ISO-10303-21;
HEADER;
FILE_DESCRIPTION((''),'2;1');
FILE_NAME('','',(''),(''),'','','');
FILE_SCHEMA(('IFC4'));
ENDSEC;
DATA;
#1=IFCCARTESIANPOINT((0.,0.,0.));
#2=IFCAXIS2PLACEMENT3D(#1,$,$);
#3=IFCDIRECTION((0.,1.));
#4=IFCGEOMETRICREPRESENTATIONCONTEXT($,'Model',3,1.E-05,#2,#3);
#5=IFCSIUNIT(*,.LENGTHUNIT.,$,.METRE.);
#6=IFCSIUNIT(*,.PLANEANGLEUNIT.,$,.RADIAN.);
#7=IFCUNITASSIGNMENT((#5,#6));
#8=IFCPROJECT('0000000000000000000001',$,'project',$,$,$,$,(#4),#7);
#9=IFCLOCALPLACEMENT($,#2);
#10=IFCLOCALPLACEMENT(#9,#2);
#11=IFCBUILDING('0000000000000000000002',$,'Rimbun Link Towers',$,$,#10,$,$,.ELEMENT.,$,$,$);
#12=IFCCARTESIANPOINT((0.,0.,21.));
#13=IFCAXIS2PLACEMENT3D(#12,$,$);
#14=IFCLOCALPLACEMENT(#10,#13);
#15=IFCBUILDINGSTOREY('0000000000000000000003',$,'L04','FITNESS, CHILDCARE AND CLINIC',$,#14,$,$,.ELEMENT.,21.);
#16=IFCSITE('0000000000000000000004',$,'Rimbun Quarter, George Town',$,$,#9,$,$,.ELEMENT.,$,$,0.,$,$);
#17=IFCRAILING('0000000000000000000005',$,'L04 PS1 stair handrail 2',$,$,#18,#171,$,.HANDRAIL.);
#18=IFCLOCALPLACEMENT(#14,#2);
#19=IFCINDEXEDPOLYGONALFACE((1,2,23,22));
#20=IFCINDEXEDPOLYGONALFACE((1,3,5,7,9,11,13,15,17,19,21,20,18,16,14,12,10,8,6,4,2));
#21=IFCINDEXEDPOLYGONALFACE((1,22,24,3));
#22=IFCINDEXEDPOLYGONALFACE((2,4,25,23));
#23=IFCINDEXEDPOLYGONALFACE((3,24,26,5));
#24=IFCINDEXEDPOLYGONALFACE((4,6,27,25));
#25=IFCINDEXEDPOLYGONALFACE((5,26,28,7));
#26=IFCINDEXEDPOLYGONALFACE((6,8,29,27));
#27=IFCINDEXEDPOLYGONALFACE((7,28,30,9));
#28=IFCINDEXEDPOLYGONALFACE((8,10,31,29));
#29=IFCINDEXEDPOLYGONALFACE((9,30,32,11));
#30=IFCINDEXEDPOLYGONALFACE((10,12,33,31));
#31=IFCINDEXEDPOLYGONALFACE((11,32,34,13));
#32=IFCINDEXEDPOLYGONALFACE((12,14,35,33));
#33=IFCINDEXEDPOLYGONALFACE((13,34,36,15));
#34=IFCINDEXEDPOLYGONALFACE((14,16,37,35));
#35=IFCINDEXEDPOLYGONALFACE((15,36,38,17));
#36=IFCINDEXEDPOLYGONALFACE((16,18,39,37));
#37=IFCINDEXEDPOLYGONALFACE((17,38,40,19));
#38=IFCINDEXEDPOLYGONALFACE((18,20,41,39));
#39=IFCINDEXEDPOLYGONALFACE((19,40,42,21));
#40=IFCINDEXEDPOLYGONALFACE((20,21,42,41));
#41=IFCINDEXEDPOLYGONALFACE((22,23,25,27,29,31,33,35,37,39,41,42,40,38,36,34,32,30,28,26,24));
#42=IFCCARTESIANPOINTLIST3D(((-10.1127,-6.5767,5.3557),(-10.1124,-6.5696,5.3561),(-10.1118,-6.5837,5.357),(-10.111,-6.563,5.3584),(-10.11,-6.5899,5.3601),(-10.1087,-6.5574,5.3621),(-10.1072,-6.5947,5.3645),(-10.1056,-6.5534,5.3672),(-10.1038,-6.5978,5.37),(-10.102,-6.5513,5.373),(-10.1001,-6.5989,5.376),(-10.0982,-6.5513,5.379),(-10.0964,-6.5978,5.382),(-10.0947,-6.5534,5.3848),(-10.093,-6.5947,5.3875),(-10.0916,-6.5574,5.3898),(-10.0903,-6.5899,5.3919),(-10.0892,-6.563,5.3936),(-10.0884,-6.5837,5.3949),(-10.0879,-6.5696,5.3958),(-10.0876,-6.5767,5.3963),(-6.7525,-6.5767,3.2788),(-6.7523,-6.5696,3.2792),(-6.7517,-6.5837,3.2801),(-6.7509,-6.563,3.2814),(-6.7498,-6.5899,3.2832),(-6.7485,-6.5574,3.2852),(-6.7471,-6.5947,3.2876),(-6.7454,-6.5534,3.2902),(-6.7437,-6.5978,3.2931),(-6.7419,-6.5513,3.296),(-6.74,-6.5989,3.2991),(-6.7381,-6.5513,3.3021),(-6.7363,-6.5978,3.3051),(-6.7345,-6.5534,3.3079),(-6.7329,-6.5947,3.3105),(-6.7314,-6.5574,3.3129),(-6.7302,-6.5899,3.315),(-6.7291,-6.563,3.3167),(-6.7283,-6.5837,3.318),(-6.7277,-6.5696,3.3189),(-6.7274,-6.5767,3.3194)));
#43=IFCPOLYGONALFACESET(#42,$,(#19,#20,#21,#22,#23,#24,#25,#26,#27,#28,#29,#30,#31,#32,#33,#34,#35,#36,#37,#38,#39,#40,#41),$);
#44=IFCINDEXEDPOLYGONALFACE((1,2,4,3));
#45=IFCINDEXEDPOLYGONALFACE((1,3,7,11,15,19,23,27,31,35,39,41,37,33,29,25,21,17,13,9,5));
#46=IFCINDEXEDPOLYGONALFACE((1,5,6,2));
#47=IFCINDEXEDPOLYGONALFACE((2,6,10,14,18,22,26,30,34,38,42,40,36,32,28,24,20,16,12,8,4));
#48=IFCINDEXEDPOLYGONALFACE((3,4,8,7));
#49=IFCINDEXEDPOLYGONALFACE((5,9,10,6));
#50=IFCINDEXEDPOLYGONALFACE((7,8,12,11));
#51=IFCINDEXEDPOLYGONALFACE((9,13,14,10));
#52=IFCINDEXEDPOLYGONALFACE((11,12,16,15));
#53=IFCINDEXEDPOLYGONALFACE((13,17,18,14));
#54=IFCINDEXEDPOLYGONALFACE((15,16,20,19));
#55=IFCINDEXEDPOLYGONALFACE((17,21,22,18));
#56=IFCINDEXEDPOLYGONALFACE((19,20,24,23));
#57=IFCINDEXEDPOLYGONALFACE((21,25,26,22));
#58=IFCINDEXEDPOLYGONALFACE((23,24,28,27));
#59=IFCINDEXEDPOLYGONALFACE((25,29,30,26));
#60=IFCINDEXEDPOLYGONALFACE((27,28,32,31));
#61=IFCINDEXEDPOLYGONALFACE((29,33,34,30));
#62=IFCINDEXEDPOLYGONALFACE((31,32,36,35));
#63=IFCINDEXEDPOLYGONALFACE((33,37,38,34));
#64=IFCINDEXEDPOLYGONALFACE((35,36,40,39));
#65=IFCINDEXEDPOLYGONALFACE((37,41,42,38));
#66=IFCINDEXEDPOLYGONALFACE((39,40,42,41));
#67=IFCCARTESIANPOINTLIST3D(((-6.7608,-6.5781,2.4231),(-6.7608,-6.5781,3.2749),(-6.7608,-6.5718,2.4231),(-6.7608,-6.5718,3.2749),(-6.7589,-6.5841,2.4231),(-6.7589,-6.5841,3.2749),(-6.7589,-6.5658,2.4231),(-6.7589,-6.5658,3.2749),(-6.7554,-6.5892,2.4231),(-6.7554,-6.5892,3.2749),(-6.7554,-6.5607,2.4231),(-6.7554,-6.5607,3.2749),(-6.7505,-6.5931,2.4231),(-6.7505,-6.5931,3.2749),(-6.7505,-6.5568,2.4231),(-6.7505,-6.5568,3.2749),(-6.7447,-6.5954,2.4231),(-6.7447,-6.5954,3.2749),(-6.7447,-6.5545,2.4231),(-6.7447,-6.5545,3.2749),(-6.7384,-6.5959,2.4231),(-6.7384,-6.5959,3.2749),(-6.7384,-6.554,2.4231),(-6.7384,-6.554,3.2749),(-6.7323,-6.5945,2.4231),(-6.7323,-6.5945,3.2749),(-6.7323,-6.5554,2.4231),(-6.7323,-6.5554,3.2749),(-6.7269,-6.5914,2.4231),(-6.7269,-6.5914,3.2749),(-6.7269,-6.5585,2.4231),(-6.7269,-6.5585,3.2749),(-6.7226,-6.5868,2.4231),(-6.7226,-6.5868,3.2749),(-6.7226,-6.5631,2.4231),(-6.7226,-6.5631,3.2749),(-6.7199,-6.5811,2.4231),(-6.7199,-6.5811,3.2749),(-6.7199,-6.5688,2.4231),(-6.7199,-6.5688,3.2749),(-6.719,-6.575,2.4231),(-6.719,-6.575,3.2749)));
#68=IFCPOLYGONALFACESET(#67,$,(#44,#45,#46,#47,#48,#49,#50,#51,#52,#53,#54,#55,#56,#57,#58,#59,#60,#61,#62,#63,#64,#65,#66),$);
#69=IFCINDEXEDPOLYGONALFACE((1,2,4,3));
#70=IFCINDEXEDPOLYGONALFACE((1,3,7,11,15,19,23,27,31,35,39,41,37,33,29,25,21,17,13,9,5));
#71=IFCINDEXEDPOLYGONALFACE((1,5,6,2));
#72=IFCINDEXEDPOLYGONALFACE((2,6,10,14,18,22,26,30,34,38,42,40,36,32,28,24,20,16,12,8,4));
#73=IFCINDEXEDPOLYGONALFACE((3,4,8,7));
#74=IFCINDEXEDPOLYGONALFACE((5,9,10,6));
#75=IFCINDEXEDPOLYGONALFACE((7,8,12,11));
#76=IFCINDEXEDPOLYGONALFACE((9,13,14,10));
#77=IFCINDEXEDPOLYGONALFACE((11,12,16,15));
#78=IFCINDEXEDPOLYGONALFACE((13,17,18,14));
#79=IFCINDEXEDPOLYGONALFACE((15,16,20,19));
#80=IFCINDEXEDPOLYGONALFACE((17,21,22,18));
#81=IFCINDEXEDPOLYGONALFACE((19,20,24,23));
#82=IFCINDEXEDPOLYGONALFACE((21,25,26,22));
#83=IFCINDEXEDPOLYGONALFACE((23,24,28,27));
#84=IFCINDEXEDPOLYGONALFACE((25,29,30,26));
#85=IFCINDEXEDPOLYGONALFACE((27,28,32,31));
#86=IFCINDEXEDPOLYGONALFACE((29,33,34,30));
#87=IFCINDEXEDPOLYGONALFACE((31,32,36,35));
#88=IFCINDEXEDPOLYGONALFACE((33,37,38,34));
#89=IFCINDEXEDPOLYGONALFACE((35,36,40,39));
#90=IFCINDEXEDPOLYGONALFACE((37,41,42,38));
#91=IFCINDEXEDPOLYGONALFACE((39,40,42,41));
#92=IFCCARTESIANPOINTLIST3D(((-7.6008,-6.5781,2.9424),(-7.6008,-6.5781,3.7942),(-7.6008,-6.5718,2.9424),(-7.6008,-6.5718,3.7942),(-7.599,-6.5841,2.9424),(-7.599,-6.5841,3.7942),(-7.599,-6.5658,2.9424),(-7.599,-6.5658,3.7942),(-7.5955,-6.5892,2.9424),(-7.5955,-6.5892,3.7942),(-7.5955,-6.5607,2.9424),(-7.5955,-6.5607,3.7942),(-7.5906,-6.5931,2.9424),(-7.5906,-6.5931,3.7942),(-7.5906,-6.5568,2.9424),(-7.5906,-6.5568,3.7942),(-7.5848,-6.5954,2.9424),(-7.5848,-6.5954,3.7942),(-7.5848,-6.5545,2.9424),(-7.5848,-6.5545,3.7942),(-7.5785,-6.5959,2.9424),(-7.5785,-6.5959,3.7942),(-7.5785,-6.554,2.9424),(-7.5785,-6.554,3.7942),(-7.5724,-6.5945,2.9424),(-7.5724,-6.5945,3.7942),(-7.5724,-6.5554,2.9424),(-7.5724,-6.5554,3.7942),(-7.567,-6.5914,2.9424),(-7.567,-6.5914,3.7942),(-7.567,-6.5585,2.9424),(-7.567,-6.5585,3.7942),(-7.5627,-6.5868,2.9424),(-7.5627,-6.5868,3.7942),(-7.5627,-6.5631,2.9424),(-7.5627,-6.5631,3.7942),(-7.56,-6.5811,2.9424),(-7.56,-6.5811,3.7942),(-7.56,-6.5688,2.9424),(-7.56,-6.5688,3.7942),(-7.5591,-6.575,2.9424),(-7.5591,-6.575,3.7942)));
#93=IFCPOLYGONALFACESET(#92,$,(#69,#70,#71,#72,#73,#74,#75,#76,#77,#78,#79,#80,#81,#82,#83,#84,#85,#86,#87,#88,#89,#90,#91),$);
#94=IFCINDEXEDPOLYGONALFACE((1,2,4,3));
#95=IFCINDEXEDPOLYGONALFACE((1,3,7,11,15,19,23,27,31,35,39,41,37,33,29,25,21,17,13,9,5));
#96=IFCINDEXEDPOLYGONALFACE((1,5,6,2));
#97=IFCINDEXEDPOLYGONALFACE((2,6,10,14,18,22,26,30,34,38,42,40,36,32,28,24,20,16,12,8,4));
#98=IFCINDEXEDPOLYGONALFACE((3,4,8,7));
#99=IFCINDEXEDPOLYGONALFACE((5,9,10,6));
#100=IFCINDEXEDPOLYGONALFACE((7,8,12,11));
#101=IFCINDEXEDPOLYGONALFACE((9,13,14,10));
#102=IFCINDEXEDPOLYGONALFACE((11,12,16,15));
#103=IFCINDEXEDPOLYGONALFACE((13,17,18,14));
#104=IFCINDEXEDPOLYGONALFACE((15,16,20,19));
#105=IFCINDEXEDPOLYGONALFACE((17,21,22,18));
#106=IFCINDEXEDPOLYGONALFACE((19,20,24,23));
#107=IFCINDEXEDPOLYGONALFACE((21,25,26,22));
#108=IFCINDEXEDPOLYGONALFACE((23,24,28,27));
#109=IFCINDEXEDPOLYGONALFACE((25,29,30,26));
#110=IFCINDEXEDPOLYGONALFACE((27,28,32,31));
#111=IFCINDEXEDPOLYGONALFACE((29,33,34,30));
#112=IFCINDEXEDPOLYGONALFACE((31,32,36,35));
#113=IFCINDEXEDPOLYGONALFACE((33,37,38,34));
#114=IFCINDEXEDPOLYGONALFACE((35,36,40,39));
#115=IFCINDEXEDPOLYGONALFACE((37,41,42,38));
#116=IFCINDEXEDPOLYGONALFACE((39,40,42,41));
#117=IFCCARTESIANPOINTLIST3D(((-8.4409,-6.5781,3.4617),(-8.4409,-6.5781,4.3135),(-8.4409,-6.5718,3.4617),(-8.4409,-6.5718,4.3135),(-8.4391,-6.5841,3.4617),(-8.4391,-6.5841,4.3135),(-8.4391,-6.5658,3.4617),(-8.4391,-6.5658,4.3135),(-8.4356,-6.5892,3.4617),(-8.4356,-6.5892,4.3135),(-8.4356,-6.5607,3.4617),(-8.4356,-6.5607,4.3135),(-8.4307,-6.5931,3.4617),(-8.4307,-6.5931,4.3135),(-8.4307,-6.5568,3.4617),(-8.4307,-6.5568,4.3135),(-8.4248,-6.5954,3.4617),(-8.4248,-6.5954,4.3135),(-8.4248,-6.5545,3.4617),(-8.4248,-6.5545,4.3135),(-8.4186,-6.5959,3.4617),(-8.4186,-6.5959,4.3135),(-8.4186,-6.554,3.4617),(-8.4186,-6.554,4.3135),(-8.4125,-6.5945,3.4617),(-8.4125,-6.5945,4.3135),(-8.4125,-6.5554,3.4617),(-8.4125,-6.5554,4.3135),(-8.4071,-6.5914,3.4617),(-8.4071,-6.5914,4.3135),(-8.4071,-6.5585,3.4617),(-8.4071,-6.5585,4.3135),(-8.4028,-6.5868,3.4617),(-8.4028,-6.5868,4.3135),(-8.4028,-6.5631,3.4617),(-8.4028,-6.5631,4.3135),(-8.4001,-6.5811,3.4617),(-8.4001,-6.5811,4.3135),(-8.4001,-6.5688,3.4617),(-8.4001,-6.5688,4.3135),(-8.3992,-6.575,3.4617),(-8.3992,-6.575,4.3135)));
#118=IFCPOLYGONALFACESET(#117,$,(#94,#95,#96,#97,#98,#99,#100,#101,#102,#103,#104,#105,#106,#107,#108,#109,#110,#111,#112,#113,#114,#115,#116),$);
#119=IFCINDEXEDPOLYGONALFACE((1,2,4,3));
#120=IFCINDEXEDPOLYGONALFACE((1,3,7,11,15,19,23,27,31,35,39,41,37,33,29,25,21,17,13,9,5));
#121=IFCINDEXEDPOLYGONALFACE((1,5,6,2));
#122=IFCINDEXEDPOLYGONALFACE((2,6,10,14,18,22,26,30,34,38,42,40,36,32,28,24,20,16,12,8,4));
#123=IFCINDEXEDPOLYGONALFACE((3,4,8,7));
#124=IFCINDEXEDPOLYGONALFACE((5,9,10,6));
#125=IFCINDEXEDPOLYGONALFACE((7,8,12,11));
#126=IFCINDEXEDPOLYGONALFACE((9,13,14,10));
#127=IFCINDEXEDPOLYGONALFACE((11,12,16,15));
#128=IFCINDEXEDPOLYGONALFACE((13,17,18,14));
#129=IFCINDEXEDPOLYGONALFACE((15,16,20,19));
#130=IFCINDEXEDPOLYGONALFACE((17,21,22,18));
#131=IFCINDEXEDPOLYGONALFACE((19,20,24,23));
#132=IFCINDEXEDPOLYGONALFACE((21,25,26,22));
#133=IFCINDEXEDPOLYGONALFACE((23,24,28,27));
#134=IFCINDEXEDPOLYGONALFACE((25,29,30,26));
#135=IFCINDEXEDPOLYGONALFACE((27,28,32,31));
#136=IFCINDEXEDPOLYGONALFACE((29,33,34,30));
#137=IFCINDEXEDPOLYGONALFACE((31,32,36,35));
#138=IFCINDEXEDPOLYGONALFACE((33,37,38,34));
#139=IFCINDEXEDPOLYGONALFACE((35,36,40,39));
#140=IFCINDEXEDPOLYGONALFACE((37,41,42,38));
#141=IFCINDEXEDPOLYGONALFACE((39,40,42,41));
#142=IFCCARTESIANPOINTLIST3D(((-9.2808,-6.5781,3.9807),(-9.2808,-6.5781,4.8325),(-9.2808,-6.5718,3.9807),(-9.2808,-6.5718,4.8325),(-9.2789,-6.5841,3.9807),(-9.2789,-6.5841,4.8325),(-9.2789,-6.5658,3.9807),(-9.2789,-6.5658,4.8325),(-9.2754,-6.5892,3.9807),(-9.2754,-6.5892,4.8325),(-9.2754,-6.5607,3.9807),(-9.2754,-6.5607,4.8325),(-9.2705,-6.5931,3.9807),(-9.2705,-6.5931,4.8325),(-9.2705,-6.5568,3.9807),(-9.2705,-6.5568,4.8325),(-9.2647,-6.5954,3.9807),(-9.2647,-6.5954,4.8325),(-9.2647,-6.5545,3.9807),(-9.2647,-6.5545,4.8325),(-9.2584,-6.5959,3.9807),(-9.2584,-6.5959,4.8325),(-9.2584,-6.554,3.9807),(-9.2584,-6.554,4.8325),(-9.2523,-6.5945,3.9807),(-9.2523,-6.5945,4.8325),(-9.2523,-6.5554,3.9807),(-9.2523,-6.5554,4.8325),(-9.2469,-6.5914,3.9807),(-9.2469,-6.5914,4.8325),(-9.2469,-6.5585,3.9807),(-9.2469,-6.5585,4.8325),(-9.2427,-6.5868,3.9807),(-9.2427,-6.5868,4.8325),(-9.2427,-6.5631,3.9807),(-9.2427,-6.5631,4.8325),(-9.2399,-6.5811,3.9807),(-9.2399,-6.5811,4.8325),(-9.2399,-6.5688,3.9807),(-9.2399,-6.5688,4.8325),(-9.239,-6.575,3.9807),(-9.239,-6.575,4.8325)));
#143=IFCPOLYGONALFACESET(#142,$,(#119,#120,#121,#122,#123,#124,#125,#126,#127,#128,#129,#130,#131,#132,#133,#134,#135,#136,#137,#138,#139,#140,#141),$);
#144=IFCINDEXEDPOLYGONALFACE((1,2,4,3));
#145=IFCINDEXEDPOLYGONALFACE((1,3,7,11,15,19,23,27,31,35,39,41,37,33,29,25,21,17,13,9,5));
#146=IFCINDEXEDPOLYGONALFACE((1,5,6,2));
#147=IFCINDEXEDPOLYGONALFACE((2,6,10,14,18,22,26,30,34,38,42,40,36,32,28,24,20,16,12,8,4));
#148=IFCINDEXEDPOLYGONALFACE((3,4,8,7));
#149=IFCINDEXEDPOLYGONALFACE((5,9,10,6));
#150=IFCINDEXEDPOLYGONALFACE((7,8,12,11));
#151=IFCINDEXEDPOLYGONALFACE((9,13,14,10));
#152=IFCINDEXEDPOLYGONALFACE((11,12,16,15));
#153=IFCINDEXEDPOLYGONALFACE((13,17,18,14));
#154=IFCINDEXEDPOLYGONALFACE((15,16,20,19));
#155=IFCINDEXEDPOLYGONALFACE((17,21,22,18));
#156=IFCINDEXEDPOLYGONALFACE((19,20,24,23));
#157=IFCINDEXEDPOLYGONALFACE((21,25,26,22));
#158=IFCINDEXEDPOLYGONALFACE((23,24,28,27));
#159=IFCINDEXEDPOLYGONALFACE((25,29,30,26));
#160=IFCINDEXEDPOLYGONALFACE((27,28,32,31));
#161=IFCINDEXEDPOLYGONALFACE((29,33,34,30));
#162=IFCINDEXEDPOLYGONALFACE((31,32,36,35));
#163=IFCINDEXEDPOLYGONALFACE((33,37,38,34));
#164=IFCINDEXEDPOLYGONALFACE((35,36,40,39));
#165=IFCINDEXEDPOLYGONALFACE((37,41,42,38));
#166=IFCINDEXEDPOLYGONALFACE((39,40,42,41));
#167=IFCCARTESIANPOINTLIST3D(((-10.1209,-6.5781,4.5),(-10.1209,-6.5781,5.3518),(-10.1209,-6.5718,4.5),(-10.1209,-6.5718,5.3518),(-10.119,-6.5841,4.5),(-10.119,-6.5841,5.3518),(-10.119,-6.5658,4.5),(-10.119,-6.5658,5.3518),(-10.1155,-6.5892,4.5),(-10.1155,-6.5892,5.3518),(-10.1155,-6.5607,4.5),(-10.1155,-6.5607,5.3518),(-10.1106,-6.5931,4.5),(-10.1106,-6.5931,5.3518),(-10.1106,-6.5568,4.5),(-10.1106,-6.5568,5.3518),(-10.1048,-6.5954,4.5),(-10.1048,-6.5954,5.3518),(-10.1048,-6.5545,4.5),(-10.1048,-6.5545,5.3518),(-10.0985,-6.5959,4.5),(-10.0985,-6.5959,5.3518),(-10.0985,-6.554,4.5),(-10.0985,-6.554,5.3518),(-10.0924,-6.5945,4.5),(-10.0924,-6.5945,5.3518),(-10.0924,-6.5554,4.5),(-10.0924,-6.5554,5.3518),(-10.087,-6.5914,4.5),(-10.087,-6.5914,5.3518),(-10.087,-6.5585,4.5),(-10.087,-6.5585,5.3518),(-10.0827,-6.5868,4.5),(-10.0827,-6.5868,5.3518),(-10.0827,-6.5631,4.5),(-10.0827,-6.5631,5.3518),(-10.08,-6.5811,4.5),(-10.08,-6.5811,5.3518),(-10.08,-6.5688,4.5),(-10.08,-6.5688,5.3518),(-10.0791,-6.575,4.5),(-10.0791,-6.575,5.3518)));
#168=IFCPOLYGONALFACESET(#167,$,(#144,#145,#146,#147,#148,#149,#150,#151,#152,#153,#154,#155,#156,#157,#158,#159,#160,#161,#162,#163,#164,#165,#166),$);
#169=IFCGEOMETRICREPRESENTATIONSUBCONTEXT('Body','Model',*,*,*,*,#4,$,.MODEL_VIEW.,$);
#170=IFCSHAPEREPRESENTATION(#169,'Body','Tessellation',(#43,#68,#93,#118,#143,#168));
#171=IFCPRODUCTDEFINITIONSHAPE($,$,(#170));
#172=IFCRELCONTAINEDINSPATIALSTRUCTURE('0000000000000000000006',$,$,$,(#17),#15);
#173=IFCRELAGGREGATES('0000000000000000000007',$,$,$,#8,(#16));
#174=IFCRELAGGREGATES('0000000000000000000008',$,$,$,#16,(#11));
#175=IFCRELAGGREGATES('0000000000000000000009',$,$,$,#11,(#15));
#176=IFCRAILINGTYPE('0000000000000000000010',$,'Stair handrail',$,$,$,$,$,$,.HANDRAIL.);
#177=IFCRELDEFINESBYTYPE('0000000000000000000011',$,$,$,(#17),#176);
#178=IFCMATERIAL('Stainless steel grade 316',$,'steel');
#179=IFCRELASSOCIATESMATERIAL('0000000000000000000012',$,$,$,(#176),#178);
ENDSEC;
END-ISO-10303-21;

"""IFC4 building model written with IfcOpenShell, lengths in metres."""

from ifc_helpers import new_model, si_unit, direction, frame, origin, origin_2d, place, context, subcontext, project, spatial, circle, extrude, material, type_object, element, save


model = new_model("IFC4")

# Units and contexts
model_context = context("Model", 3, precision=1e-05, world=origin(), true_north=direction((0.0, 1.0)))
body_context = subcontext(model_context, "Body", "Model", "MODEL_VIEW")
ifc_project = project(units=[si_unit("LENGTHUNIT", "METRE"), si_unit("PLANEANGLEUNIT", "RADIAN")], contexts=[model_context])

# Site, building, storey
site_placement = place(None, origin())
site = spatial("IfcSite", under=ifc_project, at=site_placement, Name="Rimbun Quarter, George Town", CompositionType="ELEMENT", RefElevation=0.0)
building_placement = place(site_placement, origin())
building = spatial("IfcBuilding", under=site, at=building_placement, Name="Rimbun Link Towers", CompositionType="ELEMENT")
storey_placement = place(building_placement, frame((0.0, 0.0, 21.0)))
storey = spatial("IfcBuildingStorey", under=building, at=storey_placement, Name="L04", Description="FITNESS, CHILDCARE AND CLINIC", CompositionType="ELEMENT", Elevation=21.0)

# Railing
ifc_material_1 = material(Name="Stainless steel grade 316", Category="steel")
railing_type_1 = type_object("IfcRailingType", Name="Stair handrail", PredefinedType="HANDRAIL", material=ifc_material_1)
railing_1_placement = place(storey_placement, frame((-6.74, -6.575, 2.4231)))
element("IfcRailing", 1, at=railing_1_placement, inside=storey, type_object=railing_type_1, Name="L04 PS1 stair handrail 2", PredefinedType="HANDRAIL", context=body_context, shape_type="SweptSolid", body=[
    extrude(circle(Radius=0.0239, at=origin_2d()), frame((0.0, 0.0, 0.876), z_axis=(-0.850623, 0.0, 0.525776), x_axis=(0.0, -1.0, 0.0)), (0.0, 0.0, 1.0), 3.9502),
    extrude(circle(Radius=0.021, at=origin_2d()), origin(), (0.0, 0.0, 1.0), 0.8518),
    extrude(circle(Radius=0.021, at=origin_2d()), frame((-0.8401, 0.0, 0.5193)), (0.0, 0.0, 1.0), 0.8518),
    extrude(circle(Radius=0.021, at=origin_2d()), frame((-1.6802, 0.0, 1.0386)), (0.0, 0.0, 1.0), 0.8518),
    extrude(circle(Radius=0.021, at=origin_2d()), frame((-2.52, 0.0, 1.5576)), (0.0, 0.0, 1.0), 0.8518),
    extrude(circle(Radius=0.021, at=origin_2d()), frame((-3.3601, 0.0, 2.0769)), (0.0, 0.0, 1.0), 0.8518),
])

save(model, "model.ifc")
